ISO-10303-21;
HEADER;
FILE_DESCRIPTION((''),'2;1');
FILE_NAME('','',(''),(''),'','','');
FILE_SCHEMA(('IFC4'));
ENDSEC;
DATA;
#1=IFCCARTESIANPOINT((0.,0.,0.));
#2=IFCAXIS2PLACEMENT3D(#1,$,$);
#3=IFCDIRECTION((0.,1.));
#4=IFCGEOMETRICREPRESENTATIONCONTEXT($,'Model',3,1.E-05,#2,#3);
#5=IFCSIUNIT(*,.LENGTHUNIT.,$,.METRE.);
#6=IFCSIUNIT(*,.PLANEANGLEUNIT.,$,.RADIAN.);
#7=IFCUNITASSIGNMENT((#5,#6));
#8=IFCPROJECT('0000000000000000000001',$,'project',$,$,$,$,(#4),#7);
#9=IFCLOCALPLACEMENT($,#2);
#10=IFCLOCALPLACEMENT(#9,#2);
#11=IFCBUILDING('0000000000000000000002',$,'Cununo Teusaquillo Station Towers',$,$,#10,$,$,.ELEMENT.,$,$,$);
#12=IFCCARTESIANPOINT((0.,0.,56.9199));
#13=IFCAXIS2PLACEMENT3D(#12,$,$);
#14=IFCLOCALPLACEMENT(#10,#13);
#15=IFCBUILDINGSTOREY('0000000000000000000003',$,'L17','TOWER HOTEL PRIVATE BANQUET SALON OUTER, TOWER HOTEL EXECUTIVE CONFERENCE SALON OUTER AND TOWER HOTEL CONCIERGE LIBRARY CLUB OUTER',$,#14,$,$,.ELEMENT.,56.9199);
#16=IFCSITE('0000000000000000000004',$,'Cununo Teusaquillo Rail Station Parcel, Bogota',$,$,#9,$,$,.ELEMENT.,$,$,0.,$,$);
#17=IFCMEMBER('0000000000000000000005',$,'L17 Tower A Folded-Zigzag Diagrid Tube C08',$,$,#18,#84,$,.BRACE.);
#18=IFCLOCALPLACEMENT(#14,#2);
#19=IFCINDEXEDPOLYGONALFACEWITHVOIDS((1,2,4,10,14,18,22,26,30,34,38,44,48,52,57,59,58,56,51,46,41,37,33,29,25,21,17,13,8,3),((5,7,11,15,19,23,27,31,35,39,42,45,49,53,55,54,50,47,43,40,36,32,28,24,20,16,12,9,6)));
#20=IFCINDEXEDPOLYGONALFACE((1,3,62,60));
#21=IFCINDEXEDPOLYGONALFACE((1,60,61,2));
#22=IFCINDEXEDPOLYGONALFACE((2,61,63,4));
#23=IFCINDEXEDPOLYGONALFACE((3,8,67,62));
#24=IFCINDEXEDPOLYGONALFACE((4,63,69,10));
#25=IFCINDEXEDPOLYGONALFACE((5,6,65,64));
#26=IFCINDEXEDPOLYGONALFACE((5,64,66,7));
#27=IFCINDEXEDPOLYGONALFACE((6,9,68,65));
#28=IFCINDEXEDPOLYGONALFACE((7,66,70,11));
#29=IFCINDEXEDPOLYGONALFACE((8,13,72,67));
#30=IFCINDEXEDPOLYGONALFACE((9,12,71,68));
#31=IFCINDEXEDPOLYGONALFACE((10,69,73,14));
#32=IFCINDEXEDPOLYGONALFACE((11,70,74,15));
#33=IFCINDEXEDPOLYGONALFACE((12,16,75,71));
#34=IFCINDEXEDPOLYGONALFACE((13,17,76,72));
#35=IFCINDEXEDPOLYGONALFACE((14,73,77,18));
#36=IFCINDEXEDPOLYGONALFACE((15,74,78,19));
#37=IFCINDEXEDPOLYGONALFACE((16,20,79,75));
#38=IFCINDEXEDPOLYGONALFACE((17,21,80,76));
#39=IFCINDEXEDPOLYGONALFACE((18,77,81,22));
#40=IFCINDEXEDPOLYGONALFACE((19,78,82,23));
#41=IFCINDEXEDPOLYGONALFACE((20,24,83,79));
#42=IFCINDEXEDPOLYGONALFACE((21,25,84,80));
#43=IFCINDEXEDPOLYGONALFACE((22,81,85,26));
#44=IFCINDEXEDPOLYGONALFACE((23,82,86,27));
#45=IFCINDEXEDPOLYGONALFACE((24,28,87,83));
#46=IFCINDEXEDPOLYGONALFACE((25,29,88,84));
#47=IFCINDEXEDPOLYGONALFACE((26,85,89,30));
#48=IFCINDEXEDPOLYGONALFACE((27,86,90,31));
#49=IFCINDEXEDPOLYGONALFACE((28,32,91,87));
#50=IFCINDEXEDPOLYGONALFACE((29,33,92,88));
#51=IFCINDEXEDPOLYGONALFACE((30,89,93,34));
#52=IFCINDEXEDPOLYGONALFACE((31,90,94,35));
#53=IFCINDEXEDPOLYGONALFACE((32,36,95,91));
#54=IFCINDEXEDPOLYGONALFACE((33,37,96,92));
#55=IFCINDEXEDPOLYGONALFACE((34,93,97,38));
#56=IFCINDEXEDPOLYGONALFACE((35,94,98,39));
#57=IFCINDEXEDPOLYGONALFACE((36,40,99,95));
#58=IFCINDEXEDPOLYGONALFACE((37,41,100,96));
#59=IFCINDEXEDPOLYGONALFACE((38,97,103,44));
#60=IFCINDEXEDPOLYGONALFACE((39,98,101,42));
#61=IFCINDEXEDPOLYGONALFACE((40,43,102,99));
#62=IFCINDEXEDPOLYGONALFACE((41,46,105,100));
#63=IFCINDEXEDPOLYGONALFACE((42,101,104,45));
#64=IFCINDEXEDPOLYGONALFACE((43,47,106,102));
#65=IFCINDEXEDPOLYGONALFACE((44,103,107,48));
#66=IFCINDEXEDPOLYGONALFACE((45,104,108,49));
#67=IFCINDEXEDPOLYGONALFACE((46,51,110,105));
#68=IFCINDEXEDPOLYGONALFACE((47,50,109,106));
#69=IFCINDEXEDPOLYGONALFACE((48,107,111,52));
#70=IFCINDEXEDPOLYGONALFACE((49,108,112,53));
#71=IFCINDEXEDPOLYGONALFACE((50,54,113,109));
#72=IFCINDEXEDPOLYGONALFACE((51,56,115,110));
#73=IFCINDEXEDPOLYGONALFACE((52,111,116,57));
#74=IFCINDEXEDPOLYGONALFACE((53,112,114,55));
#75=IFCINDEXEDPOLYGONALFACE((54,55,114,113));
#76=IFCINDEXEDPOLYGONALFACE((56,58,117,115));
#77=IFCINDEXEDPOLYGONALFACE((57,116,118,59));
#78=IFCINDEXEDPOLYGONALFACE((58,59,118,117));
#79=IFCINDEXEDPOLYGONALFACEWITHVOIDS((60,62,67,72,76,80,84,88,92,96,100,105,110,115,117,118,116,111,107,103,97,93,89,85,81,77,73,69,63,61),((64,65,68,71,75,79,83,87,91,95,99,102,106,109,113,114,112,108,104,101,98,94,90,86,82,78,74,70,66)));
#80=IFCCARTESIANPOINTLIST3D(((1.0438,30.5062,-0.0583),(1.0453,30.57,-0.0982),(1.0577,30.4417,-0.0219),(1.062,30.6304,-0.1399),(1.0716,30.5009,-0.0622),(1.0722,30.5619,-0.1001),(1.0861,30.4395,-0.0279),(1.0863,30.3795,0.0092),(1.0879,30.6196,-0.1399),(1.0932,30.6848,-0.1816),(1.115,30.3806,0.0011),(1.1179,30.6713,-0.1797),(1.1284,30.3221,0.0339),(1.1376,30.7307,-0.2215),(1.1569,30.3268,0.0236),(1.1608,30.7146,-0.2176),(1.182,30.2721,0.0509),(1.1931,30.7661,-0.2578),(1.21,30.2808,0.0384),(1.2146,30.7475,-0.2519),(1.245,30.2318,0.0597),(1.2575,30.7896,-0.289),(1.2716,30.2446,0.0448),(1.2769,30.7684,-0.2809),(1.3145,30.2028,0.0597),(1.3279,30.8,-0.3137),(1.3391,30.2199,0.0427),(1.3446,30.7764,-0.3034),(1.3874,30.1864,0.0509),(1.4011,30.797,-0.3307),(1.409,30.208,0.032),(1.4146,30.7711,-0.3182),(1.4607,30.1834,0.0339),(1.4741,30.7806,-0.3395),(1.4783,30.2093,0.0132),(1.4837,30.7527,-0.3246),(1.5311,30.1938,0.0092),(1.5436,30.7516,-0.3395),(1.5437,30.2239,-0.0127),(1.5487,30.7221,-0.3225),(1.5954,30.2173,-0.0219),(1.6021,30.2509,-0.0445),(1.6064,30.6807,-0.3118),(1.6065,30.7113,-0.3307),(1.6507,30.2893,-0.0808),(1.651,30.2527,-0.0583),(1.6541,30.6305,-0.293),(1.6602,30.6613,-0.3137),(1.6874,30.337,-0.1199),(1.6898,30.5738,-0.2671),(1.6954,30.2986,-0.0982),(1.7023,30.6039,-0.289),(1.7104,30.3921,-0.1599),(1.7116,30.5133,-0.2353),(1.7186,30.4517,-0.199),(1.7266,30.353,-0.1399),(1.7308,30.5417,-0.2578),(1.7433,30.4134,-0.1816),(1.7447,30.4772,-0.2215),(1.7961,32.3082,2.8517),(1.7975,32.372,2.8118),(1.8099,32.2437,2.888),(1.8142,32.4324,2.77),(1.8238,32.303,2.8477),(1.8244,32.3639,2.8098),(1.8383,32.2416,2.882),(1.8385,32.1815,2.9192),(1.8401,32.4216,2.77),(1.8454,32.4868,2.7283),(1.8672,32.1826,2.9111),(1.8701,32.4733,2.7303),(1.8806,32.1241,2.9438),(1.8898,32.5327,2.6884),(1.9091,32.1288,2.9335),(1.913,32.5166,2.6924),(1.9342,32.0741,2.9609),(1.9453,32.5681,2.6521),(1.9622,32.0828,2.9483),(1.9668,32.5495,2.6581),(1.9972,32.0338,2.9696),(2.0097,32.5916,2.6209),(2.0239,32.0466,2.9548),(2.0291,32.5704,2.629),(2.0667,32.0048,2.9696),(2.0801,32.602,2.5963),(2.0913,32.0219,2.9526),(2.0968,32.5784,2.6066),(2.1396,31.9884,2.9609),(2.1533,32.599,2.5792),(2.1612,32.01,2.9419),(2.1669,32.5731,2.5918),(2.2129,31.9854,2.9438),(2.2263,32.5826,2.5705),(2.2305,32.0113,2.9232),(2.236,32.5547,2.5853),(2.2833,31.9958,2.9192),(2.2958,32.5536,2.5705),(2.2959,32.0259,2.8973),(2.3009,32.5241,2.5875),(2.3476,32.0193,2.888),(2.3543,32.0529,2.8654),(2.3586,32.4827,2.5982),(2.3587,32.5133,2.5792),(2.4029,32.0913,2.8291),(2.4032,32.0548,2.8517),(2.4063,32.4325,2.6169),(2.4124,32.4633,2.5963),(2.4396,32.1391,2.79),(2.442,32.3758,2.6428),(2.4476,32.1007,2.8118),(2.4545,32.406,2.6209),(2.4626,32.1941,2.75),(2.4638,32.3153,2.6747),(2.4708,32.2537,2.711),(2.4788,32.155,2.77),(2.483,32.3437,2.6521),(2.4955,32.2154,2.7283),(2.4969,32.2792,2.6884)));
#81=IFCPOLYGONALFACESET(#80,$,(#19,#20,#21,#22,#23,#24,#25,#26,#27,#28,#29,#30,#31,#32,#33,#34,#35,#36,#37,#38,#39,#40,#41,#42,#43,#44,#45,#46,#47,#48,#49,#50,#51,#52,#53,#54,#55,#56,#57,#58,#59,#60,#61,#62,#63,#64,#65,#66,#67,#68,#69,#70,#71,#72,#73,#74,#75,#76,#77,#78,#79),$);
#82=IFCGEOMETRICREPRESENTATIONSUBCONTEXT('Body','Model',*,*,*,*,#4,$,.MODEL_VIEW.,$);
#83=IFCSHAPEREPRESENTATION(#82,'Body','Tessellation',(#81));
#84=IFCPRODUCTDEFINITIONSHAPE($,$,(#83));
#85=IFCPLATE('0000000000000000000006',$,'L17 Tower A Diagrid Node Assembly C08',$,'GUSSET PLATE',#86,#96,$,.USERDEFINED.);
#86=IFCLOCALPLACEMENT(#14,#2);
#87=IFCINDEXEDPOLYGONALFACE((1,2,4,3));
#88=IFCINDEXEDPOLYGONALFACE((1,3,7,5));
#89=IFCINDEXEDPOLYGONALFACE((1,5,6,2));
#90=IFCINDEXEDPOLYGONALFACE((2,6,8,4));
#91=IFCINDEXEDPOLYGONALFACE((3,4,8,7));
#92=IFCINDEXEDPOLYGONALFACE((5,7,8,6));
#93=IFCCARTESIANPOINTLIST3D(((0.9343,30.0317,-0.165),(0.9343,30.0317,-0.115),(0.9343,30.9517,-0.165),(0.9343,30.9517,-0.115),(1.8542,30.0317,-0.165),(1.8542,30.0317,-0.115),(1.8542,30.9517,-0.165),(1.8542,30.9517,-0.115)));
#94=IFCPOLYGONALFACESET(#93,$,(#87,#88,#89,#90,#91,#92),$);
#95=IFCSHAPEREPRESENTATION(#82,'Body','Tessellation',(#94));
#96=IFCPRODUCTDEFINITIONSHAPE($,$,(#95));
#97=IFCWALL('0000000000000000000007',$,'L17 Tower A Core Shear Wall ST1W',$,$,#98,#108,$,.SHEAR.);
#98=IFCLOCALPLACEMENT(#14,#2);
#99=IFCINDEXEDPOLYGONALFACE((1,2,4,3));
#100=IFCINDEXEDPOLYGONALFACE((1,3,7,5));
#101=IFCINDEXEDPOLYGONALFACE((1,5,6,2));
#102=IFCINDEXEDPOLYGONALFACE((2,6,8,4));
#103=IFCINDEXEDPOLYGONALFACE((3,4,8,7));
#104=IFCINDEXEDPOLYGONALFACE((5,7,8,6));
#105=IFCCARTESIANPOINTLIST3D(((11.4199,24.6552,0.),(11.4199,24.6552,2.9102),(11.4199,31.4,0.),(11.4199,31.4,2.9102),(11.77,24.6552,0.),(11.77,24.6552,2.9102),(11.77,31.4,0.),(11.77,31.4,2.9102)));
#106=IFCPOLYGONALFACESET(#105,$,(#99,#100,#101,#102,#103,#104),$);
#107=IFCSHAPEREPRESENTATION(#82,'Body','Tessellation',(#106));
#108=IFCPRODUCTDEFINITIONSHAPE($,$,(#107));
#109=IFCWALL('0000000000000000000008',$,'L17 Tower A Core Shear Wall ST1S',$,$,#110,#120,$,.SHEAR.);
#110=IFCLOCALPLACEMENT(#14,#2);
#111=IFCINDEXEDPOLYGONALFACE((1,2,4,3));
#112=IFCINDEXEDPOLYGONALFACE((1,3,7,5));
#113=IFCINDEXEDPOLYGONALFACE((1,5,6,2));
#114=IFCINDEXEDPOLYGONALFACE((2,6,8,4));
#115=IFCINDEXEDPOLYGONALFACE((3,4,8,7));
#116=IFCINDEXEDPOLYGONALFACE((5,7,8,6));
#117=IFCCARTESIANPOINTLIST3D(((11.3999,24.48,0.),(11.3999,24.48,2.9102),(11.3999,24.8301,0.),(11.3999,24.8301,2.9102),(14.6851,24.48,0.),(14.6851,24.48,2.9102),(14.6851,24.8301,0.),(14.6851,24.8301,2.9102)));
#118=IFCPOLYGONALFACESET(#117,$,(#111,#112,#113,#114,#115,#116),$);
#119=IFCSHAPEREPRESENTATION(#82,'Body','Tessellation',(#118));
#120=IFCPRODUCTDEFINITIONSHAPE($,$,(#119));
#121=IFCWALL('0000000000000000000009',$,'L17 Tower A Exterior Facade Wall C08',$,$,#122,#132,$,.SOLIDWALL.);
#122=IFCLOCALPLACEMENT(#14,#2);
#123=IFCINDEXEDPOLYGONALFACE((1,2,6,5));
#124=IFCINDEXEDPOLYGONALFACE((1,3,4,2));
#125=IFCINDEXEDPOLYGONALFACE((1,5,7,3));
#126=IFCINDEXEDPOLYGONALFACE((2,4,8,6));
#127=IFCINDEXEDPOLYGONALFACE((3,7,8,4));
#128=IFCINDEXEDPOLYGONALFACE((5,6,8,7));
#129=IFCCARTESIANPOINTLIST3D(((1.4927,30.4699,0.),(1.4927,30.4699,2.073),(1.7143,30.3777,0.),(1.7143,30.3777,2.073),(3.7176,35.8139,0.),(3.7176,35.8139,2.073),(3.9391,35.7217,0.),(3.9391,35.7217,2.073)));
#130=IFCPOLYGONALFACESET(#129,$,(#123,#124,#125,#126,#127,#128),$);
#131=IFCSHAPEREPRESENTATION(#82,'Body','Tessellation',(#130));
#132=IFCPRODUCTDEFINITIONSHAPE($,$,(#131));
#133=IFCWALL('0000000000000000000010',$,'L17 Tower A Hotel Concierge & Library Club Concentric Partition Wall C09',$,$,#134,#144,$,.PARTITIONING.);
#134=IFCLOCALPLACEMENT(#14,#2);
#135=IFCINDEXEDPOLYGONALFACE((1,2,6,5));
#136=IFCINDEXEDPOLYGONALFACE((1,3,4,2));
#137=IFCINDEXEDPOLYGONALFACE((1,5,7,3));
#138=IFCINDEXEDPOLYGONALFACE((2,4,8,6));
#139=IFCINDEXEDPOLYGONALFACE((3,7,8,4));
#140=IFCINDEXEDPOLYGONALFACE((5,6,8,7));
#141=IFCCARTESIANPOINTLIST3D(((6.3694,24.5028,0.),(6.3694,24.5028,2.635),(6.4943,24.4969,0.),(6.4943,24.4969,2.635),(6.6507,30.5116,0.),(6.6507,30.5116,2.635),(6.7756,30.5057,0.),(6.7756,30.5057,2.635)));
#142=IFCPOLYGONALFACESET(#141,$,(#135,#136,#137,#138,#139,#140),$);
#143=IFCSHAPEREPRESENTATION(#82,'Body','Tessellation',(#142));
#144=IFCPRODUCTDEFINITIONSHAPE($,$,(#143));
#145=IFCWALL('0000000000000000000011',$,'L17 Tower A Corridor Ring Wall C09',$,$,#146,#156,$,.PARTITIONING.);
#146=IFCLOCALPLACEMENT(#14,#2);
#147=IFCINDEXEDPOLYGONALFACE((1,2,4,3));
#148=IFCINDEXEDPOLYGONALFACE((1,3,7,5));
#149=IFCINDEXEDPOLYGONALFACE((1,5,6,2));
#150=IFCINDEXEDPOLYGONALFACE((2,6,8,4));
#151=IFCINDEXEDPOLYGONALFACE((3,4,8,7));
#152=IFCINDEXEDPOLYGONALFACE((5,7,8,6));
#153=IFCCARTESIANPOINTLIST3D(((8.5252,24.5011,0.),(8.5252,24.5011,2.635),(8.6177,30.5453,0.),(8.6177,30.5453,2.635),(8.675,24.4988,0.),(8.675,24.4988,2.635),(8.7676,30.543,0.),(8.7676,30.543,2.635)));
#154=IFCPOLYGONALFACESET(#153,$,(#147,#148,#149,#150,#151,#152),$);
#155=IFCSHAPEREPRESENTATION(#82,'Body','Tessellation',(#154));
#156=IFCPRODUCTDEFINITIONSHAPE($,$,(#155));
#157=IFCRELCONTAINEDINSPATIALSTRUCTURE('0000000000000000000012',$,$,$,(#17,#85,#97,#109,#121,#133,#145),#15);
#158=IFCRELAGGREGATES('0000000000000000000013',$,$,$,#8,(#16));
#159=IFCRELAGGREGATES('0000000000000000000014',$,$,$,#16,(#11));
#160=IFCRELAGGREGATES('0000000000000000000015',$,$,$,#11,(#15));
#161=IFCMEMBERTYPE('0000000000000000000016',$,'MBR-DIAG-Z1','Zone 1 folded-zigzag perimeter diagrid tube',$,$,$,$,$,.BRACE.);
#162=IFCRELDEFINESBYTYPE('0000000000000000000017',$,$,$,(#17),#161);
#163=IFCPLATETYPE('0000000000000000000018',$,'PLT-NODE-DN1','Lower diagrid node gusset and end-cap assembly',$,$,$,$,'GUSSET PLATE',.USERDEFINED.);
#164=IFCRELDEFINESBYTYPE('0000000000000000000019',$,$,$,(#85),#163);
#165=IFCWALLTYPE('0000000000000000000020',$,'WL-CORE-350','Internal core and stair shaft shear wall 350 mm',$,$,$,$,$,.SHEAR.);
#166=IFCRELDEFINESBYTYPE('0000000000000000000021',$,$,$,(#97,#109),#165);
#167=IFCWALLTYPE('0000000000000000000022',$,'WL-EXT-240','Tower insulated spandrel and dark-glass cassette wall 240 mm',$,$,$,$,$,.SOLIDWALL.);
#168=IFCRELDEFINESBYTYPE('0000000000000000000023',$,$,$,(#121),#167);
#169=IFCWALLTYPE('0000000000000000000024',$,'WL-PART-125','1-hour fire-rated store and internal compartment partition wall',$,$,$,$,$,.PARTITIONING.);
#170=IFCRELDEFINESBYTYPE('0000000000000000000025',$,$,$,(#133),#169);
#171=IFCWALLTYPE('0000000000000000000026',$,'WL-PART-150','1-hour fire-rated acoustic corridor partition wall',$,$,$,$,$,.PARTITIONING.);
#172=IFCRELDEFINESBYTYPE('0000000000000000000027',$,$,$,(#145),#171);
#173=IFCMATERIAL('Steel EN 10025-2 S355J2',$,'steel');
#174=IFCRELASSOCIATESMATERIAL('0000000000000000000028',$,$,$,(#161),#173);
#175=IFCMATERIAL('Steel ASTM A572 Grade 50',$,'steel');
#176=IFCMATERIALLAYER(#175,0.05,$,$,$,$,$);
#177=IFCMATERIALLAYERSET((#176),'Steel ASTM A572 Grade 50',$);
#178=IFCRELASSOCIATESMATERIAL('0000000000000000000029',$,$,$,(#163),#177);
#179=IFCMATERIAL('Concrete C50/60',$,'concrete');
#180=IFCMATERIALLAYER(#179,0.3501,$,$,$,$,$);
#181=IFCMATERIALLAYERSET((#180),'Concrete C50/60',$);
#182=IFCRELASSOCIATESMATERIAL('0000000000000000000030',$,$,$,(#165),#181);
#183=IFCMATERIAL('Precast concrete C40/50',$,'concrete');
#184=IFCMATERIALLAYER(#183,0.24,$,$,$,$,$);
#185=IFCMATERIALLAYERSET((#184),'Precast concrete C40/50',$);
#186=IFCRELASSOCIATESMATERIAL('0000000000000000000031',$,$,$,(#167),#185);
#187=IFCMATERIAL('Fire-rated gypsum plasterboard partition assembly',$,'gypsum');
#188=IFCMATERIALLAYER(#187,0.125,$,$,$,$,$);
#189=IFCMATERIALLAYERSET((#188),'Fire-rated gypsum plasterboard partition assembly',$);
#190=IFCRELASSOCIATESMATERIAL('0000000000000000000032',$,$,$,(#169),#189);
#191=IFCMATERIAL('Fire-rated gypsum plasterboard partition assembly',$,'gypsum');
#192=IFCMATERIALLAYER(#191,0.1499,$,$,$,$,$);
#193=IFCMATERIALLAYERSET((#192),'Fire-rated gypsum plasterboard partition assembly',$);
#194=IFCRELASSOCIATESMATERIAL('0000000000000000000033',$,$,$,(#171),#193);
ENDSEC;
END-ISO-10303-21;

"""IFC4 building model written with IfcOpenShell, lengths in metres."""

from ifc_helpers import new_model, si_unit, direction, frame, frame_2d, origin, origin_2d, place, context, subcontext, project, spatial, rectangle, hollow_circle, extrude, source, transform, mapped, material, layer, layer_set, material_profile, profile_set, type_object, element, save


model = new_model("IFC4")

# Units and contexts
model_context = context("Model", 3, precision=1e-05, world=origin(), true_north=direction((0.0, 1.0)))
body_context = subcontext(model_context, "Body", "Model", "MODEL_VIEW")
ifc_project = project(units=[si_unit("LENGTHUNIT", "METRE"), si_unit("PLANEANGLEUNIT", "RADIAN")], contexts=[model_context])

# Site, building, storey
site_placement = place(None, origin())
site = spatial("IfcSite", under=ifc_project, at=site_placement, Name="Cununo Teusaquillo Rail Station Parcel, Bogota", CompositionType="ELEMENT", RefElevation=0.0)
building_placement = place(site_placement, origin())
building = spatial("IfcBuilding", under=site, at=building_placement, Name="Cununo Teusaquillo Station Towers", CompositionType="ELEMENT")
storey_placement = place(building_placement, frame((0.0, 0.0, 56.9199)))
storey = spatial("IfcBuildingStorey", under=building, at=storey_placement, Name="L17", Description="TOWER HOTEL PRIVATE BANQUET SALON OUTER, TOWER HOTEL EXECUTIVE CONFERENCE SALON OUTER AND TOWER HOTEL CONCIERGE LIBRARY CLUB OUTER", CompositionType="ELEMENT", Elevation=56.9199)

# Member
ifc_material_1 = material(Name="Steel EN 10025-2 S355J2", Category="steel")
ifc_material_profile_1 = material_profile(ifc_material_1, hollow_circle(Radius=0.3601, WallThickness=0.0281, at=origin_2d()), Name="CHS 720x28")
ifc_profile_set_1 = profile_set([ifc_material_profile_1], Name="Steel EN 10025-2 S355J2")
member_type = type_object("IfcMemberType", Name="MBR-DIAG-Z1", Description="Zone 1 folded-zigzag perimeter diagrid tube", PredefinedType="BRACE", material=ifc_profile_set_1)
member_placement = place(storey_placement, frame((1.3943, 30.4917, -0.1399), z_axis=(0.214646, 0.514216, 0.830367), x_axis=(-0.922829, 0.38521, 0.0)))
element("IfcMember", 1, at=member_placement, inside=storey, type_object=member_type, Name="L17 Tower A Folded-Zigzag Diagrid Tube C08", PredefinedType="BRACE", context=body_context, shape_type="SweptSolid", body=[
    extrude(hollow_circle(Radius=0.3601, WallThickness=0.0281, at=origin_2d()), origin(), (0.0, 0.0, 1.0), 3.5044),
])

# Plate
ifc_material_2 = material(Name="Steel ASTM A572 Grade 50", Category="steel")
ifc_layer_1 = layer(ifc_material_2, 0.05)
ifc_layer_set_1 = layer_set([ifc_layer_1], Name="Steel ASTM A572 Grade 50")
plate_type = type_object("IfcPlateType", Name="PLT-NODE-DN1", Description="Lower diagrid node gusset and end-cap assembly", ElementType="GUSSET PLATE", PredefinedType="USERDEFINED", material=ifc_layer_set_1)
shared_shape_1 = source(origin(), body_context, "Body", "SweptSolid", [
    extrude(rectangle(XDim=0.9199, YDim=0.9199, at=origin_2d()), origin(), (0.0, 0.0, 1.0), 0.05),
])
plate_placement = place(storey_placement, frame((1.3943, 30.4917, -0.165), z_axis=(0.0, 0.0, 1.0), x_axis=(1.0, 0.0, 0.0)))
element("IfcPlate", 2, at=plate_placement, inside=storey, type_object=plate_type, Name="L17 Tower A Diagrid Node Assembly C08", ObjectType="GUSSET PLATE", PredefinedType="USERDEFINED", context=body_context, shape_type="MappedRepresentation", body=[
    mapped(shared_shape_1, transform((0.0, 0.0, 0.0), x_axis=(1.0, 0.0, 0.0), y_axis=(0.0, 1.0, 0.0), z_axis=(0.0, 0.0, 1.0), scale=1.0)),
])

# Walls
ifc_material_3 = material(Name="Concrete C50/60", Category="concrete")
ifc_layer_2 = layer(ifc_material_3, 0.3501)
ifc_layer_set_2 = layer_set([ifc_layer_2], Name="Concrete C50/60")
wall_type_1 = type_object("IfcWallType", Name="WL-CORE-350", Description="Internal core and stair shaft shear wall 350 mm", PredefinedType="SHEAR", material=ifc_layer_set_2)
wall_1_placement = place(storey_placement, frame((11.595, 24.655, 0.0), z_axis=(0.0, 0.0, 1.0), x_axis=(0.0, 1.0, 0.0)))
element("IfcWall", 3, at=wall_1_placement, inside=storey, type_object=wall_type_1, Name="L17 Tower A Core Shear Wall ST1W", PredefinedType="SHEAR", context=body_context, shape_type="SweptSolid", body=[
    extrude(rectangle(XDim=6.7449, YDim=0.3501, at=frame_2d((3.3726, 0.0))), origin(), (0.0, 0.0, 1.0), 2.9102),
])
wall_2_placement = place(storey_placement, frame((11.3999, 24.655, 0.0), z_axis=(0.0, 0.0, 1.0), x_axis=(1.0, 0.0, 0.0)))
element("IfcWall", 4, at=wall_2_placement, inside=storey, type_object=wall_type_1, Name="L17 Tower A Core Shear Wall ST1S", PredefinedType="SHEAR", context=body_context, shape_type="SweptSolid", body=[
    extrude(rectangle(XDim=3.2852, YDim=0.3501, at=frame_2d((1.6426, 0.0))), origin(), (0.0, 0.0, 1.0), 2.9102),
])
ifc_material_4 = material(Name="Precast concrete C40/50", Category="concrete")
ifc_layer_3 = layer(ifc_material_4, 0.24)
ifc_layer_set_3 = layer_set([ifc_layer_3], Name="Precast concrete C40/50")
wall_type_2 = type_object("IfcWallType", Name="WL-EXT-240", Description="Tower insulated spandrel and dark-glass cassette wall 240 mm", PredefinedType="SOLIDWALL", material=ifc_layer_set_3)
wall_3_placement = place(storey_placement, frame((1.6035, 30.4238, 0.0), z_axis=(0.0, 0.0, 1.0), x_axis=(0.384349, 0.923188, 0.0)))
element("IfcWall", 5, at=wall_3_placement, inside=storey, type_object=wall_type_2, Name="L17 Tower A Exterior Facade Wall C08", PredefinedType="SOLIDWALL", context=body_context, shape_type="SweptSolid", body=[
    extrude(rectangle(XDim=5.7886, YDim=0.24, at=frame_2d((2.8943, 0.0))), origin(), (0.0, 0.0, 1.0), 2.073),
])
ifc_material_5 = material(Name="Fire-rated gypsum plasterboard partition assembly", Category="gypsum")
ifc_layer_4 = layer(ifc_material_5, 0.125)
ifc_layer_set_4 = layer_set([ifc_layer_4], Name="Fire-rated gypsum plasterboard partition assembly")
wall_type_3 = type_object("IfcWallType", Name="WL-PART-125", Description="1-hour fire-rated store and internal compartment partition wall", PredefinedType="PARTITIONING", material=ifc_layer_set_4)
wall_4_placement = place(storey_placement, frame((6.7131, 30.5088, 0.0), z_axis=(0.0, 0.0, 1.0), x_axis=(-0.046755, -0.998906, 0.0)))
element("IfcWall", 6, at=wall_4_placement, inside=storey, type_object=wall_type_3, Name="L17 Tower A Hotel Concierge & Library Club Concentric Partition Wall C09", PredefinedType="PARTITIONING", context=body_context, shape_type="SweptSolid", body=[
    extrude(rectangle(XDim=6.0154, YDim=0.125, at=frame_2d((3.0078, 0.0))), origin(), (0.0, 0.0, 1.0), 2.635),
])
ifc_material_6 = material(Name="Fire-rated gypsum plasterboard partition assembly", Category="gypsum")
ifc_layer_5 = layer(ifc_material_6, 0.1499)
ifc_layer_set_5 = layer_set([ifc_layer_5], Name="Fire-rated gypsum plasterboard partition assembly")
wall_type_4 = type_object("IfcWallType", Name="WL-PART-150", Description="1-hour fire-rated acoustic corridor partition wall", PredefinedType="PARTITIONING", material=ifc_layer_set_5)
wall_5_placement = place(storey_placement, frame((8.6926, 30.5442, 0.0), z_axis=(0.0, 0.0, 1.0), x_axis=(-0.015307, -0.999883, 0.0)))
element("IfcWall", 7, at=wall_5_placement, inside=storey, type_object=wall_type_4, Name="L17 Tower A Corridor Ring Wall C09", PredefinedType="PARTITIONING", context=body_context, shape_type="SweptSolid", body=[
    extrude(rectangle(XDim=6.0449, YDim=0.1499, at=frame_2d((3.0225, 0.0))), origin(), (0.0, 0.0, 1.0), 2.635),
])

save(model, "model.ifc")
